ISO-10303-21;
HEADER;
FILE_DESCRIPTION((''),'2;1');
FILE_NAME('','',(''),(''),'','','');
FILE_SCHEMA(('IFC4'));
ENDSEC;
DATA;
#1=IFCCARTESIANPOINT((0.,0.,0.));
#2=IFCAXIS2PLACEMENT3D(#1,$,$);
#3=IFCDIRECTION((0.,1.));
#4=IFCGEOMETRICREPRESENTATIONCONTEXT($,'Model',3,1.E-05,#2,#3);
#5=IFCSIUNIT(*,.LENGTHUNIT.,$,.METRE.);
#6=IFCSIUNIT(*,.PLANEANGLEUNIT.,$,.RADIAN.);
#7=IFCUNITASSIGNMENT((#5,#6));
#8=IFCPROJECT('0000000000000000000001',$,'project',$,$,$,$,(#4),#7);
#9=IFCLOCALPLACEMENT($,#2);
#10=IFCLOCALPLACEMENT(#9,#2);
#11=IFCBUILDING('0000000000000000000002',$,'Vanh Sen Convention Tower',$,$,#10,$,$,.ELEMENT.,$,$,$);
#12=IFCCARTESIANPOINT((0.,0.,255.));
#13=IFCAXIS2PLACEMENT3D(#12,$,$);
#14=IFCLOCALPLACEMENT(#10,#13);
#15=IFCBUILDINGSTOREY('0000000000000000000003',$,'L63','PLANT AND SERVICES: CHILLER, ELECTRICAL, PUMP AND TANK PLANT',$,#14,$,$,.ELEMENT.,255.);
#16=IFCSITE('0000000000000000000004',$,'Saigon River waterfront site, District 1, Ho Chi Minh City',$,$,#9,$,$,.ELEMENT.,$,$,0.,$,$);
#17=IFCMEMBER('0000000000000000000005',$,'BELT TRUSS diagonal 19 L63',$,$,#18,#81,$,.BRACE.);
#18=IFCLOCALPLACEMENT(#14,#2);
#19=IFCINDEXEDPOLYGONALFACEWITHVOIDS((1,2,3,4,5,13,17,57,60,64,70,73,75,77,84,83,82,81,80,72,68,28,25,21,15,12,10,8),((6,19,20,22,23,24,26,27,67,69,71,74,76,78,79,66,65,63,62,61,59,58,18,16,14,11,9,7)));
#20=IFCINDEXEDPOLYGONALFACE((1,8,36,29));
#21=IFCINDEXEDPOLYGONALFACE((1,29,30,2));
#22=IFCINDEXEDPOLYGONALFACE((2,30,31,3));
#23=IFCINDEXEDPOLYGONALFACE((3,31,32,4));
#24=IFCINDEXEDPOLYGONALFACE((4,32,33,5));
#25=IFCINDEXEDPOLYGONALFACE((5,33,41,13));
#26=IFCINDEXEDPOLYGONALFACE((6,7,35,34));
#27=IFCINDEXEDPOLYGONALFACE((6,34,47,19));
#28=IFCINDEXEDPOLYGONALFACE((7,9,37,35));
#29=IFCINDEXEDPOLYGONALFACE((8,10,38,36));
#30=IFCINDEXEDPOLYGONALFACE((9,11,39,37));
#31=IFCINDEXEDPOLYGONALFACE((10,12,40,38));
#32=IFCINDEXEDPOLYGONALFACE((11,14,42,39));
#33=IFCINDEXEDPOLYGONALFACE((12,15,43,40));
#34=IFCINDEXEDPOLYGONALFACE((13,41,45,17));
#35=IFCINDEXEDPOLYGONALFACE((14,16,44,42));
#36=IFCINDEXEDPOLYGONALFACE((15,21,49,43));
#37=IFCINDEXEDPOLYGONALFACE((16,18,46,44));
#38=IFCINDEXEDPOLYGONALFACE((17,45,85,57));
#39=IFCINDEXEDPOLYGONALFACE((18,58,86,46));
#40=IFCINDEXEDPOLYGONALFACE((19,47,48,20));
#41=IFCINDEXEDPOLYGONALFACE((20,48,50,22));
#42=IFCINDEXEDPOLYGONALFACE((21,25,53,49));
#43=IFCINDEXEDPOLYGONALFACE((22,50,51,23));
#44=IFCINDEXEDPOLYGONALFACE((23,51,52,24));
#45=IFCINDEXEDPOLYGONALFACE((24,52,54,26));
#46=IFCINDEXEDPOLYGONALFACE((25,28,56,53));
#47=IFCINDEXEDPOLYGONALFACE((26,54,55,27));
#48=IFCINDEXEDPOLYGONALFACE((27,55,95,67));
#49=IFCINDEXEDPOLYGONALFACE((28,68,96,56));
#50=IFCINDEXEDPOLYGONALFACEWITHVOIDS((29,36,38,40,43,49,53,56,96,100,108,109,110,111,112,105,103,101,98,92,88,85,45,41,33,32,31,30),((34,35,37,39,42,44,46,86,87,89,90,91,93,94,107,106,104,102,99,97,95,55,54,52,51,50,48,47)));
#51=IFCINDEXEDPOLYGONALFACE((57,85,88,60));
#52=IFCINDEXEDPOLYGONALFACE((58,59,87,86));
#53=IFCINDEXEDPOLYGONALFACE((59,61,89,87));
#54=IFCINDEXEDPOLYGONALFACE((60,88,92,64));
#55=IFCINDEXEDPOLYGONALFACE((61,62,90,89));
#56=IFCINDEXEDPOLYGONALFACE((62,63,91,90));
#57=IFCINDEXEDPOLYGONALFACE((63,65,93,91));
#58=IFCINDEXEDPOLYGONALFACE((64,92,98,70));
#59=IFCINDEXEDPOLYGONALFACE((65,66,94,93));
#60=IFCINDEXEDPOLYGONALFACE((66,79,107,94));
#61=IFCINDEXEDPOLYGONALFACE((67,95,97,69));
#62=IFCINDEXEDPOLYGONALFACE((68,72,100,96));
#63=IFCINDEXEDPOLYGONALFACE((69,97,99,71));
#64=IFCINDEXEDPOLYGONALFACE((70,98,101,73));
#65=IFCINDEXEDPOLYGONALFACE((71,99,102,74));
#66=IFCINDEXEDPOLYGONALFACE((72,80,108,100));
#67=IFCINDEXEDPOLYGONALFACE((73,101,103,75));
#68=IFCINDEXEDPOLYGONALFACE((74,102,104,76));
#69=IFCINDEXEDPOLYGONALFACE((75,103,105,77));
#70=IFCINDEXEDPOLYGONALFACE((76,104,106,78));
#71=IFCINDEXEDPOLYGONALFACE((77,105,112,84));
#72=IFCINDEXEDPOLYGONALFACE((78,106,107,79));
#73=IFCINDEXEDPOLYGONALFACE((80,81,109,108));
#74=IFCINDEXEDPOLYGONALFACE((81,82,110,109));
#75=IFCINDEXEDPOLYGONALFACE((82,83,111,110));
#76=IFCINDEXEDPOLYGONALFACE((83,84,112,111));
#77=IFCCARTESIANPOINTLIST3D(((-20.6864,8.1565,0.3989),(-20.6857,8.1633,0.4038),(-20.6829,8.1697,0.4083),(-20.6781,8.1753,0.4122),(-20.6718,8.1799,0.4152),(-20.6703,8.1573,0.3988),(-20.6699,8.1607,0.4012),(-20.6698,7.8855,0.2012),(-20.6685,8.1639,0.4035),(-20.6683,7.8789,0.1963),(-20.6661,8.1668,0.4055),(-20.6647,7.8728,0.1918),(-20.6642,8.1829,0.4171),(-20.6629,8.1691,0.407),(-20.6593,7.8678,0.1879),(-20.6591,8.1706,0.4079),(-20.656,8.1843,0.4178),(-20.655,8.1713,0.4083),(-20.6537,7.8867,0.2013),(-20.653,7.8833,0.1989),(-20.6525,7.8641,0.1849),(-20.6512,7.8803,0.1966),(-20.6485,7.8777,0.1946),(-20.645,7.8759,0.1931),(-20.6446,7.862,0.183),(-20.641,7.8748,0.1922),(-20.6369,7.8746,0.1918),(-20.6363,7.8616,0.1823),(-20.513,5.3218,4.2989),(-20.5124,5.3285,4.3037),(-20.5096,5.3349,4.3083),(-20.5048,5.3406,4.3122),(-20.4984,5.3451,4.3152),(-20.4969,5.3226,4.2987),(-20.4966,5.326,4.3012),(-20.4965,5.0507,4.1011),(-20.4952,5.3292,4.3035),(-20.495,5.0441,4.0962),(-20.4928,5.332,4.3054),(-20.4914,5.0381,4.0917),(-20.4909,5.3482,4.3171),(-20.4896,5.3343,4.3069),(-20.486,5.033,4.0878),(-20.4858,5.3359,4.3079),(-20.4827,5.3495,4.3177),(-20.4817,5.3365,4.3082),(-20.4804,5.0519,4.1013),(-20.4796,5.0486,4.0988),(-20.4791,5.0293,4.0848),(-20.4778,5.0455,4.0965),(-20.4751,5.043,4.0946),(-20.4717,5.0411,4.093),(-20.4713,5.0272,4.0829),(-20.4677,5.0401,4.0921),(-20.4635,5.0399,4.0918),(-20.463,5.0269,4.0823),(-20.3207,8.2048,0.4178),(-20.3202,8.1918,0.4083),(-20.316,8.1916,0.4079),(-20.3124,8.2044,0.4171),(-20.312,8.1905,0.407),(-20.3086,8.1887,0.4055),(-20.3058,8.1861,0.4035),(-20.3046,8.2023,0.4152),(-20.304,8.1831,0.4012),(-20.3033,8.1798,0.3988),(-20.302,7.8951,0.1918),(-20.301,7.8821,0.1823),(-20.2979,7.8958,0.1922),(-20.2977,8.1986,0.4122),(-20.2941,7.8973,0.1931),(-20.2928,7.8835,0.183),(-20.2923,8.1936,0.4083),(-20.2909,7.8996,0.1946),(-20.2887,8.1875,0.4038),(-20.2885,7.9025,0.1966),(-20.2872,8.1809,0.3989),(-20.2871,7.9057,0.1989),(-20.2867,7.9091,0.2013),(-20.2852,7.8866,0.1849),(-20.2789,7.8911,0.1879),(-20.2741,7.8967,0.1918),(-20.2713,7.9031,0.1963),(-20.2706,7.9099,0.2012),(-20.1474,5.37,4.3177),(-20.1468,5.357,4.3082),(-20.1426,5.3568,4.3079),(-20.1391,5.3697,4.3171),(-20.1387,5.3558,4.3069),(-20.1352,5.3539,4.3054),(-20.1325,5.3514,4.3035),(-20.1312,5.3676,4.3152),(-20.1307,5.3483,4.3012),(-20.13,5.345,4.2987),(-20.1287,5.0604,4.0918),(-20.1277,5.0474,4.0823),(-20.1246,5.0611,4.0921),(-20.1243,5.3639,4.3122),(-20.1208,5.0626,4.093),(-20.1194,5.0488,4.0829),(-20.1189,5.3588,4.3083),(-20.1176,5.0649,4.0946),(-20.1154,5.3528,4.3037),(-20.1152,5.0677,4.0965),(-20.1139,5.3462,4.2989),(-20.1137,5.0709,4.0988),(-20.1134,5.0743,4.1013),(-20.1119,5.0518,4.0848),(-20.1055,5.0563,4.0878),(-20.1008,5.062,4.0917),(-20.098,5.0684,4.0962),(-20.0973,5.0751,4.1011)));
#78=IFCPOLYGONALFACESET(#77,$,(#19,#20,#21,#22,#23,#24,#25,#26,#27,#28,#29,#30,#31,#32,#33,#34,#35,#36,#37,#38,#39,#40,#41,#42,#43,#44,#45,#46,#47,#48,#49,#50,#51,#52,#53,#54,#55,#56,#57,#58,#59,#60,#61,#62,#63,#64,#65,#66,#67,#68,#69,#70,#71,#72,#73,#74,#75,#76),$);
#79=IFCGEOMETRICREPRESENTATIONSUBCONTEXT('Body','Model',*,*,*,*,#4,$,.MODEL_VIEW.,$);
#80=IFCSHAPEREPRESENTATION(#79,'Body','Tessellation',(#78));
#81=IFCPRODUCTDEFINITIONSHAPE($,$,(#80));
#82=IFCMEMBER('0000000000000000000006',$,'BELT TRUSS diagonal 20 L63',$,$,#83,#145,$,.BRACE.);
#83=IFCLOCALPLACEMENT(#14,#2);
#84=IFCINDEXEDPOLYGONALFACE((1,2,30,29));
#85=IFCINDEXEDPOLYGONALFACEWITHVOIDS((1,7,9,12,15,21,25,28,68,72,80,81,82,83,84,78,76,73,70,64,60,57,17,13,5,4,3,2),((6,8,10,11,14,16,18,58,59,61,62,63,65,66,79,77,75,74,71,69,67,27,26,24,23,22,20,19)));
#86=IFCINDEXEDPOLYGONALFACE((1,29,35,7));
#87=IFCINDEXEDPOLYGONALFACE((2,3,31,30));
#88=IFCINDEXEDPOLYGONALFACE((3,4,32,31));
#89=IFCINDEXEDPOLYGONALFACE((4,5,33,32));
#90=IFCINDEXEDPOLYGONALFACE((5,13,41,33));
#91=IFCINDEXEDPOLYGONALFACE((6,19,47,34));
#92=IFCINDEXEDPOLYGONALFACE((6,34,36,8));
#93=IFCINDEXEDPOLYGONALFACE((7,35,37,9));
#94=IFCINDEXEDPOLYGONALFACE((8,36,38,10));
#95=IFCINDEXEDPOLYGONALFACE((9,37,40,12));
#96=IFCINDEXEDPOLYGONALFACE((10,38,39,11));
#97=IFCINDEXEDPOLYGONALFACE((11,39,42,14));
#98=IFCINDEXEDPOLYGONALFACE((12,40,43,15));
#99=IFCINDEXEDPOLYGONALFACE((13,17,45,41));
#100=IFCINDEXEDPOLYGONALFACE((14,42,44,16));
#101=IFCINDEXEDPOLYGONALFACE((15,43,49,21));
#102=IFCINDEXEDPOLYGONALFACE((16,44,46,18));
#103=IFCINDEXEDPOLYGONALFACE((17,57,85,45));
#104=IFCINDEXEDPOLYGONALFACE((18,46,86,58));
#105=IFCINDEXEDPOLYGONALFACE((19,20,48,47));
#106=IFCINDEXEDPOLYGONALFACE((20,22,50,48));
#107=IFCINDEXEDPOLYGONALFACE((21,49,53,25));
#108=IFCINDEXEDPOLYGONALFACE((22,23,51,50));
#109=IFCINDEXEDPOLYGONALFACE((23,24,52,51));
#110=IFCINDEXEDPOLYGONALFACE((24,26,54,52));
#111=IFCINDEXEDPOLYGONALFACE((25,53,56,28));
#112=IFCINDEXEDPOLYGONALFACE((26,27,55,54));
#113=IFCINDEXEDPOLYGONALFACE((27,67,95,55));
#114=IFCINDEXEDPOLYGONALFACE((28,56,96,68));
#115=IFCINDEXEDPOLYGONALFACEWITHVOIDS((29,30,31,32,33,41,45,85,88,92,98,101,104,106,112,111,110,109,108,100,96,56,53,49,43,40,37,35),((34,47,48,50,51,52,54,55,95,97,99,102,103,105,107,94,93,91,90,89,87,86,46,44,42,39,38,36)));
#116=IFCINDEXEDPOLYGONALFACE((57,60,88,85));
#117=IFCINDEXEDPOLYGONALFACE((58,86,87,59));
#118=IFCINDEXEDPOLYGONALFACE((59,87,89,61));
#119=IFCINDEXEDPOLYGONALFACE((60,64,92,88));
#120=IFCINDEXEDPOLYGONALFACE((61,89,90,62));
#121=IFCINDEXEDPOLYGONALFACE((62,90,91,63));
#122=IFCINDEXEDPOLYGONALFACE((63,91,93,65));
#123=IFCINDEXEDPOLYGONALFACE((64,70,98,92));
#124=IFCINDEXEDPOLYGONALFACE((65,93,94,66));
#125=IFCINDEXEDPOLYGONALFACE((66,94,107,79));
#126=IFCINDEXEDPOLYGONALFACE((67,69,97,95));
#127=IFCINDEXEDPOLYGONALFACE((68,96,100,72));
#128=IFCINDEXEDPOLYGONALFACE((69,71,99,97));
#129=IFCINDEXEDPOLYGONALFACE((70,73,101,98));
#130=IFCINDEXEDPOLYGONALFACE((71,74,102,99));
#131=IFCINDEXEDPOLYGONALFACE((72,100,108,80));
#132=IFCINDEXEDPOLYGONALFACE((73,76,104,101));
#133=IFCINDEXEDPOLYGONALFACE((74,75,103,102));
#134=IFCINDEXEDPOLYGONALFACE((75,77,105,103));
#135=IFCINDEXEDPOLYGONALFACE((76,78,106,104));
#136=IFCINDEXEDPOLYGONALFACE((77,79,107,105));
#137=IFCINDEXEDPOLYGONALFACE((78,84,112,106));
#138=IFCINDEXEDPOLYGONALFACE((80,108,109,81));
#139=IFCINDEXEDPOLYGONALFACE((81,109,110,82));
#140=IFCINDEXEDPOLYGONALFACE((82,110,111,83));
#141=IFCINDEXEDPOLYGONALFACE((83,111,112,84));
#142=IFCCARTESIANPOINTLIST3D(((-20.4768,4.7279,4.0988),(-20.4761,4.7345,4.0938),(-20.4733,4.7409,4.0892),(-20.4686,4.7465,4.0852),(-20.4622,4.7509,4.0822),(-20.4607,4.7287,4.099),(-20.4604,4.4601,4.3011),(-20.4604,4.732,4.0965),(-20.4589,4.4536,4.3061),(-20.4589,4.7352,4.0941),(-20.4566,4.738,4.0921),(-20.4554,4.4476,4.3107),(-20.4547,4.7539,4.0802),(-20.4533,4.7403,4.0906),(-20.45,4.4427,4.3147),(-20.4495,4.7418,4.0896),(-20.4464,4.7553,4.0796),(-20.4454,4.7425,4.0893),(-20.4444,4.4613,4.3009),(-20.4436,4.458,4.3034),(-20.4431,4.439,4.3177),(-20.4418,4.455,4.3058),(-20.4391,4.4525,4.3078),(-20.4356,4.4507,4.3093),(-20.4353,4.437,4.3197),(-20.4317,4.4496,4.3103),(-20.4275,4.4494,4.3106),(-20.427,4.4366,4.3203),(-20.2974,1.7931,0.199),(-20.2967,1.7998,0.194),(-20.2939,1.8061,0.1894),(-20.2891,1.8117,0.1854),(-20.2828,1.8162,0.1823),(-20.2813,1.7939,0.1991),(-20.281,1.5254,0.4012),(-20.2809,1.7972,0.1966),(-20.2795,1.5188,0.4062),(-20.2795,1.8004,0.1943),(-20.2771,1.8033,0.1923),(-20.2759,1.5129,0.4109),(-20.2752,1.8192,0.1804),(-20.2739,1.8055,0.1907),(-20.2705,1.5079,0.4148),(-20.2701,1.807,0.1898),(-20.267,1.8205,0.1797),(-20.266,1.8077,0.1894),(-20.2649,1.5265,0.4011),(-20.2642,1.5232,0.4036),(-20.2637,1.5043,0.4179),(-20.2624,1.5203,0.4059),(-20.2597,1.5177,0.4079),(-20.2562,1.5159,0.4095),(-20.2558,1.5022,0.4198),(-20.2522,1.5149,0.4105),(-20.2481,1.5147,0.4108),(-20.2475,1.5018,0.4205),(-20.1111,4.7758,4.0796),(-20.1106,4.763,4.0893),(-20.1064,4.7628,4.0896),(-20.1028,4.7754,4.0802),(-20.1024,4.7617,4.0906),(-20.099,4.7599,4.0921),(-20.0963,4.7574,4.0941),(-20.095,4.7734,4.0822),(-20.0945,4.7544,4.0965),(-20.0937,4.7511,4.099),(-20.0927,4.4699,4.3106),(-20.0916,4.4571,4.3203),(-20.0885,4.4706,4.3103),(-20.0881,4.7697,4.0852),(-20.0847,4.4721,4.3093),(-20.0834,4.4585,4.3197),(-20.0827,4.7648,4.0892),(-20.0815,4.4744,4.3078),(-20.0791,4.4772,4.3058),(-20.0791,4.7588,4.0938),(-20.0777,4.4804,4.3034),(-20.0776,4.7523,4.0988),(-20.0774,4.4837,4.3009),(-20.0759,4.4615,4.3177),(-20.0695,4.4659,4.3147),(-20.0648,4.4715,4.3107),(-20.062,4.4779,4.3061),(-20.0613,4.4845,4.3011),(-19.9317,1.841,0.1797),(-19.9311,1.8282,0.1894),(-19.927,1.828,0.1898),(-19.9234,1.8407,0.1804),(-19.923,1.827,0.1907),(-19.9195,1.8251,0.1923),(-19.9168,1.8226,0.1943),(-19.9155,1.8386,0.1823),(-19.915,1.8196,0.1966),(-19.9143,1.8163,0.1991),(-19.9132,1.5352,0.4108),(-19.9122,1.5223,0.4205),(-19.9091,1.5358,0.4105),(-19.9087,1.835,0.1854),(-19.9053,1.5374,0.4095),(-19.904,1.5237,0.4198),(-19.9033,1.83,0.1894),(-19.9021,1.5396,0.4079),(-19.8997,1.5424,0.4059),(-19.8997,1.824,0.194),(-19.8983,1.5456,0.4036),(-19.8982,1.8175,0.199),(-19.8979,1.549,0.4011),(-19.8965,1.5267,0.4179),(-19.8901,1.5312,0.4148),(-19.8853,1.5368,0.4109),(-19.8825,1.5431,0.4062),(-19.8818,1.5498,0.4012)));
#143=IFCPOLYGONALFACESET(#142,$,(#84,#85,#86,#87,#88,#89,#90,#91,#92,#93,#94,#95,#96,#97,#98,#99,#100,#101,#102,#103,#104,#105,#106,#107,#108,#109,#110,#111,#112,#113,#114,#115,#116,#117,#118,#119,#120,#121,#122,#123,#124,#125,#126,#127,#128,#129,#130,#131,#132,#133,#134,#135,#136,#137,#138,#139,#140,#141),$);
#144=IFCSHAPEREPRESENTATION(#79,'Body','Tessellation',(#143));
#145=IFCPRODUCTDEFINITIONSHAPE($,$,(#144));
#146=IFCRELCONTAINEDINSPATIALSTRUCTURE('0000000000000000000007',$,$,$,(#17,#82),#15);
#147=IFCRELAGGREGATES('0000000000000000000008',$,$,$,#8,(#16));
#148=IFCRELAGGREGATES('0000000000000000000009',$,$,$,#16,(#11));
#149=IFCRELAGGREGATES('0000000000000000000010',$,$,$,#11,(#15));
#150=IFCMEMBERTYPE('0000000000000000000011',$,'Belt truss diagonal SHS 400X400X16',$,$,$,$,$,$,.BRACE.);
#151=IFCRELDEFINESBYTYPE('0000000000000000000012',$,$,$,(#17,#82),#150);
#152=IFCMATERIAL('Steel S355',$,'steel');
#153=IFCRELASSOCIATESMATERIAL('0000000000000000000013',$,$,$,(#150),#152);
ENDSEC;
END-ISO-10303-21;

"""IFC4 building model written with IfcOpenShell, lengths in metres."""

from ifc_helpers import new_model, si_unit, direction, frame, origin, origin_2d, place, context, subcontext, project, spatial, hollow_rectangle, extrude, material, material_profile, profile_set, type_object, element, save


model = new_model("IFC4")

# Units and contexts
model_context = context("Model", 3, precision=1e-05, world=origin(), true_north=direction((0.0, 1.0)))
body_context = subcontext(model_context, "Body", "Model", "MODEL_VIEW")
ifc_project = project(units=[si_unit("LENGTHUNIT", "METRE"), si_unit("PLANEANGLEUNIT", "RADIAN")], contexts=[model_context])

# Site, building, storey
site_placement = place(None, origin())
site = spatial("IfcSite", under=ifc_project, at=site_placement, Name="Saigon River waterfront site, District 1, Ho Chi Minh City", CompositionType="ELEMENT", RefElevation=0.0)
building_placement = place(site_placement, origin())
building = spatial("IfcBuilding", under=site, at=building_placement, Name="Vanh Sen Convention Tower", CompositionType="ELEMENT")
storey_placement = place(building_placement, frame((0.0, 0.0, 255.0)))
storey = spatial("IfcBuildingStorey", under=building, at=storey_placement, Name="L63", Description="PLANT AND SERVICES: CHILLER, ELECTRICAL, PUMP AND TANK PLANT", CompositionType="ELEMENT", Elevation=255.0)

# Members
ifc_material_1 = material(Name="Steel S355", Category="steel")
ifc_material_profile_1 = material_profile(ifc_material_1, hollow_rectangle(XDim=0.3999, YDim=0.3999, WallThickness=0.0161, InnerFilletRadius=0.0161, OuterFilletRadius=0.032, at=origin_2d()), Name="SHS 400X400X16")
ifc_profile_set_1 = profile_set([ifc_material_profile_1], Name="Steel S355")
member_type_1 = type_object("IfcMemberType", Name="Belt truss diagonal SHS 400X400X16", PredefinedType="BRACE", material=ifc_profile_set_1)
member_1_placement = place(storey_placement, frame((-20.4785, 8.0332, 0.3), z_axis=(0.03593, -0.587578, 0.808369), x_axis=(0.998136, 0.061035, 0.0)))
element("IfcMember", 1, at=member_1_placement, inside=storey, type_object=member_type_1, Name="BELT TRUSS diagonal 19 L63", PredefinedType="BRACE", context=body_context, shape_type="SweptSolid", body=[
    extrude(hollow_rectangle(XDim=0.3999, YDim=0.3999, WallThickness=0.0161, InnerFilletRadius=0.0161, OuterFilletRadius=0.032, at=origin_2d()), origin(), (0.0, 0.0, 1.0), 4.8245),
])
for number, where, z_axis, x_axis, name in (
    (2, (-20.269, 4.6062, 4.2), (0.03674, -0.60089, -0.798487), (0.998136, 0.061029, 0.0), "BELT TRUSS diagonal 20 L63"),
):
    element("IfcMember", number, at=place(storey_placement, frame(where, z_axis=z_axis, x_axis=x_axis)), inside=storey, type_object=member_type_1, Name=name, PredefinedType="BRACE", context=body_context, shape_type="SweptSolid", body=[
        extrude(hollow_rectangle(XDim=0.3999, YDim=0.3999, WallThickness=0.0161, InnerFilletRadius=0.0161, OuterFilletRadius=0.032, at=origin_2d()), origin(), (0.0, 0.0, 1.0), 4.884),
    ])

save(model, "model.ifc")
